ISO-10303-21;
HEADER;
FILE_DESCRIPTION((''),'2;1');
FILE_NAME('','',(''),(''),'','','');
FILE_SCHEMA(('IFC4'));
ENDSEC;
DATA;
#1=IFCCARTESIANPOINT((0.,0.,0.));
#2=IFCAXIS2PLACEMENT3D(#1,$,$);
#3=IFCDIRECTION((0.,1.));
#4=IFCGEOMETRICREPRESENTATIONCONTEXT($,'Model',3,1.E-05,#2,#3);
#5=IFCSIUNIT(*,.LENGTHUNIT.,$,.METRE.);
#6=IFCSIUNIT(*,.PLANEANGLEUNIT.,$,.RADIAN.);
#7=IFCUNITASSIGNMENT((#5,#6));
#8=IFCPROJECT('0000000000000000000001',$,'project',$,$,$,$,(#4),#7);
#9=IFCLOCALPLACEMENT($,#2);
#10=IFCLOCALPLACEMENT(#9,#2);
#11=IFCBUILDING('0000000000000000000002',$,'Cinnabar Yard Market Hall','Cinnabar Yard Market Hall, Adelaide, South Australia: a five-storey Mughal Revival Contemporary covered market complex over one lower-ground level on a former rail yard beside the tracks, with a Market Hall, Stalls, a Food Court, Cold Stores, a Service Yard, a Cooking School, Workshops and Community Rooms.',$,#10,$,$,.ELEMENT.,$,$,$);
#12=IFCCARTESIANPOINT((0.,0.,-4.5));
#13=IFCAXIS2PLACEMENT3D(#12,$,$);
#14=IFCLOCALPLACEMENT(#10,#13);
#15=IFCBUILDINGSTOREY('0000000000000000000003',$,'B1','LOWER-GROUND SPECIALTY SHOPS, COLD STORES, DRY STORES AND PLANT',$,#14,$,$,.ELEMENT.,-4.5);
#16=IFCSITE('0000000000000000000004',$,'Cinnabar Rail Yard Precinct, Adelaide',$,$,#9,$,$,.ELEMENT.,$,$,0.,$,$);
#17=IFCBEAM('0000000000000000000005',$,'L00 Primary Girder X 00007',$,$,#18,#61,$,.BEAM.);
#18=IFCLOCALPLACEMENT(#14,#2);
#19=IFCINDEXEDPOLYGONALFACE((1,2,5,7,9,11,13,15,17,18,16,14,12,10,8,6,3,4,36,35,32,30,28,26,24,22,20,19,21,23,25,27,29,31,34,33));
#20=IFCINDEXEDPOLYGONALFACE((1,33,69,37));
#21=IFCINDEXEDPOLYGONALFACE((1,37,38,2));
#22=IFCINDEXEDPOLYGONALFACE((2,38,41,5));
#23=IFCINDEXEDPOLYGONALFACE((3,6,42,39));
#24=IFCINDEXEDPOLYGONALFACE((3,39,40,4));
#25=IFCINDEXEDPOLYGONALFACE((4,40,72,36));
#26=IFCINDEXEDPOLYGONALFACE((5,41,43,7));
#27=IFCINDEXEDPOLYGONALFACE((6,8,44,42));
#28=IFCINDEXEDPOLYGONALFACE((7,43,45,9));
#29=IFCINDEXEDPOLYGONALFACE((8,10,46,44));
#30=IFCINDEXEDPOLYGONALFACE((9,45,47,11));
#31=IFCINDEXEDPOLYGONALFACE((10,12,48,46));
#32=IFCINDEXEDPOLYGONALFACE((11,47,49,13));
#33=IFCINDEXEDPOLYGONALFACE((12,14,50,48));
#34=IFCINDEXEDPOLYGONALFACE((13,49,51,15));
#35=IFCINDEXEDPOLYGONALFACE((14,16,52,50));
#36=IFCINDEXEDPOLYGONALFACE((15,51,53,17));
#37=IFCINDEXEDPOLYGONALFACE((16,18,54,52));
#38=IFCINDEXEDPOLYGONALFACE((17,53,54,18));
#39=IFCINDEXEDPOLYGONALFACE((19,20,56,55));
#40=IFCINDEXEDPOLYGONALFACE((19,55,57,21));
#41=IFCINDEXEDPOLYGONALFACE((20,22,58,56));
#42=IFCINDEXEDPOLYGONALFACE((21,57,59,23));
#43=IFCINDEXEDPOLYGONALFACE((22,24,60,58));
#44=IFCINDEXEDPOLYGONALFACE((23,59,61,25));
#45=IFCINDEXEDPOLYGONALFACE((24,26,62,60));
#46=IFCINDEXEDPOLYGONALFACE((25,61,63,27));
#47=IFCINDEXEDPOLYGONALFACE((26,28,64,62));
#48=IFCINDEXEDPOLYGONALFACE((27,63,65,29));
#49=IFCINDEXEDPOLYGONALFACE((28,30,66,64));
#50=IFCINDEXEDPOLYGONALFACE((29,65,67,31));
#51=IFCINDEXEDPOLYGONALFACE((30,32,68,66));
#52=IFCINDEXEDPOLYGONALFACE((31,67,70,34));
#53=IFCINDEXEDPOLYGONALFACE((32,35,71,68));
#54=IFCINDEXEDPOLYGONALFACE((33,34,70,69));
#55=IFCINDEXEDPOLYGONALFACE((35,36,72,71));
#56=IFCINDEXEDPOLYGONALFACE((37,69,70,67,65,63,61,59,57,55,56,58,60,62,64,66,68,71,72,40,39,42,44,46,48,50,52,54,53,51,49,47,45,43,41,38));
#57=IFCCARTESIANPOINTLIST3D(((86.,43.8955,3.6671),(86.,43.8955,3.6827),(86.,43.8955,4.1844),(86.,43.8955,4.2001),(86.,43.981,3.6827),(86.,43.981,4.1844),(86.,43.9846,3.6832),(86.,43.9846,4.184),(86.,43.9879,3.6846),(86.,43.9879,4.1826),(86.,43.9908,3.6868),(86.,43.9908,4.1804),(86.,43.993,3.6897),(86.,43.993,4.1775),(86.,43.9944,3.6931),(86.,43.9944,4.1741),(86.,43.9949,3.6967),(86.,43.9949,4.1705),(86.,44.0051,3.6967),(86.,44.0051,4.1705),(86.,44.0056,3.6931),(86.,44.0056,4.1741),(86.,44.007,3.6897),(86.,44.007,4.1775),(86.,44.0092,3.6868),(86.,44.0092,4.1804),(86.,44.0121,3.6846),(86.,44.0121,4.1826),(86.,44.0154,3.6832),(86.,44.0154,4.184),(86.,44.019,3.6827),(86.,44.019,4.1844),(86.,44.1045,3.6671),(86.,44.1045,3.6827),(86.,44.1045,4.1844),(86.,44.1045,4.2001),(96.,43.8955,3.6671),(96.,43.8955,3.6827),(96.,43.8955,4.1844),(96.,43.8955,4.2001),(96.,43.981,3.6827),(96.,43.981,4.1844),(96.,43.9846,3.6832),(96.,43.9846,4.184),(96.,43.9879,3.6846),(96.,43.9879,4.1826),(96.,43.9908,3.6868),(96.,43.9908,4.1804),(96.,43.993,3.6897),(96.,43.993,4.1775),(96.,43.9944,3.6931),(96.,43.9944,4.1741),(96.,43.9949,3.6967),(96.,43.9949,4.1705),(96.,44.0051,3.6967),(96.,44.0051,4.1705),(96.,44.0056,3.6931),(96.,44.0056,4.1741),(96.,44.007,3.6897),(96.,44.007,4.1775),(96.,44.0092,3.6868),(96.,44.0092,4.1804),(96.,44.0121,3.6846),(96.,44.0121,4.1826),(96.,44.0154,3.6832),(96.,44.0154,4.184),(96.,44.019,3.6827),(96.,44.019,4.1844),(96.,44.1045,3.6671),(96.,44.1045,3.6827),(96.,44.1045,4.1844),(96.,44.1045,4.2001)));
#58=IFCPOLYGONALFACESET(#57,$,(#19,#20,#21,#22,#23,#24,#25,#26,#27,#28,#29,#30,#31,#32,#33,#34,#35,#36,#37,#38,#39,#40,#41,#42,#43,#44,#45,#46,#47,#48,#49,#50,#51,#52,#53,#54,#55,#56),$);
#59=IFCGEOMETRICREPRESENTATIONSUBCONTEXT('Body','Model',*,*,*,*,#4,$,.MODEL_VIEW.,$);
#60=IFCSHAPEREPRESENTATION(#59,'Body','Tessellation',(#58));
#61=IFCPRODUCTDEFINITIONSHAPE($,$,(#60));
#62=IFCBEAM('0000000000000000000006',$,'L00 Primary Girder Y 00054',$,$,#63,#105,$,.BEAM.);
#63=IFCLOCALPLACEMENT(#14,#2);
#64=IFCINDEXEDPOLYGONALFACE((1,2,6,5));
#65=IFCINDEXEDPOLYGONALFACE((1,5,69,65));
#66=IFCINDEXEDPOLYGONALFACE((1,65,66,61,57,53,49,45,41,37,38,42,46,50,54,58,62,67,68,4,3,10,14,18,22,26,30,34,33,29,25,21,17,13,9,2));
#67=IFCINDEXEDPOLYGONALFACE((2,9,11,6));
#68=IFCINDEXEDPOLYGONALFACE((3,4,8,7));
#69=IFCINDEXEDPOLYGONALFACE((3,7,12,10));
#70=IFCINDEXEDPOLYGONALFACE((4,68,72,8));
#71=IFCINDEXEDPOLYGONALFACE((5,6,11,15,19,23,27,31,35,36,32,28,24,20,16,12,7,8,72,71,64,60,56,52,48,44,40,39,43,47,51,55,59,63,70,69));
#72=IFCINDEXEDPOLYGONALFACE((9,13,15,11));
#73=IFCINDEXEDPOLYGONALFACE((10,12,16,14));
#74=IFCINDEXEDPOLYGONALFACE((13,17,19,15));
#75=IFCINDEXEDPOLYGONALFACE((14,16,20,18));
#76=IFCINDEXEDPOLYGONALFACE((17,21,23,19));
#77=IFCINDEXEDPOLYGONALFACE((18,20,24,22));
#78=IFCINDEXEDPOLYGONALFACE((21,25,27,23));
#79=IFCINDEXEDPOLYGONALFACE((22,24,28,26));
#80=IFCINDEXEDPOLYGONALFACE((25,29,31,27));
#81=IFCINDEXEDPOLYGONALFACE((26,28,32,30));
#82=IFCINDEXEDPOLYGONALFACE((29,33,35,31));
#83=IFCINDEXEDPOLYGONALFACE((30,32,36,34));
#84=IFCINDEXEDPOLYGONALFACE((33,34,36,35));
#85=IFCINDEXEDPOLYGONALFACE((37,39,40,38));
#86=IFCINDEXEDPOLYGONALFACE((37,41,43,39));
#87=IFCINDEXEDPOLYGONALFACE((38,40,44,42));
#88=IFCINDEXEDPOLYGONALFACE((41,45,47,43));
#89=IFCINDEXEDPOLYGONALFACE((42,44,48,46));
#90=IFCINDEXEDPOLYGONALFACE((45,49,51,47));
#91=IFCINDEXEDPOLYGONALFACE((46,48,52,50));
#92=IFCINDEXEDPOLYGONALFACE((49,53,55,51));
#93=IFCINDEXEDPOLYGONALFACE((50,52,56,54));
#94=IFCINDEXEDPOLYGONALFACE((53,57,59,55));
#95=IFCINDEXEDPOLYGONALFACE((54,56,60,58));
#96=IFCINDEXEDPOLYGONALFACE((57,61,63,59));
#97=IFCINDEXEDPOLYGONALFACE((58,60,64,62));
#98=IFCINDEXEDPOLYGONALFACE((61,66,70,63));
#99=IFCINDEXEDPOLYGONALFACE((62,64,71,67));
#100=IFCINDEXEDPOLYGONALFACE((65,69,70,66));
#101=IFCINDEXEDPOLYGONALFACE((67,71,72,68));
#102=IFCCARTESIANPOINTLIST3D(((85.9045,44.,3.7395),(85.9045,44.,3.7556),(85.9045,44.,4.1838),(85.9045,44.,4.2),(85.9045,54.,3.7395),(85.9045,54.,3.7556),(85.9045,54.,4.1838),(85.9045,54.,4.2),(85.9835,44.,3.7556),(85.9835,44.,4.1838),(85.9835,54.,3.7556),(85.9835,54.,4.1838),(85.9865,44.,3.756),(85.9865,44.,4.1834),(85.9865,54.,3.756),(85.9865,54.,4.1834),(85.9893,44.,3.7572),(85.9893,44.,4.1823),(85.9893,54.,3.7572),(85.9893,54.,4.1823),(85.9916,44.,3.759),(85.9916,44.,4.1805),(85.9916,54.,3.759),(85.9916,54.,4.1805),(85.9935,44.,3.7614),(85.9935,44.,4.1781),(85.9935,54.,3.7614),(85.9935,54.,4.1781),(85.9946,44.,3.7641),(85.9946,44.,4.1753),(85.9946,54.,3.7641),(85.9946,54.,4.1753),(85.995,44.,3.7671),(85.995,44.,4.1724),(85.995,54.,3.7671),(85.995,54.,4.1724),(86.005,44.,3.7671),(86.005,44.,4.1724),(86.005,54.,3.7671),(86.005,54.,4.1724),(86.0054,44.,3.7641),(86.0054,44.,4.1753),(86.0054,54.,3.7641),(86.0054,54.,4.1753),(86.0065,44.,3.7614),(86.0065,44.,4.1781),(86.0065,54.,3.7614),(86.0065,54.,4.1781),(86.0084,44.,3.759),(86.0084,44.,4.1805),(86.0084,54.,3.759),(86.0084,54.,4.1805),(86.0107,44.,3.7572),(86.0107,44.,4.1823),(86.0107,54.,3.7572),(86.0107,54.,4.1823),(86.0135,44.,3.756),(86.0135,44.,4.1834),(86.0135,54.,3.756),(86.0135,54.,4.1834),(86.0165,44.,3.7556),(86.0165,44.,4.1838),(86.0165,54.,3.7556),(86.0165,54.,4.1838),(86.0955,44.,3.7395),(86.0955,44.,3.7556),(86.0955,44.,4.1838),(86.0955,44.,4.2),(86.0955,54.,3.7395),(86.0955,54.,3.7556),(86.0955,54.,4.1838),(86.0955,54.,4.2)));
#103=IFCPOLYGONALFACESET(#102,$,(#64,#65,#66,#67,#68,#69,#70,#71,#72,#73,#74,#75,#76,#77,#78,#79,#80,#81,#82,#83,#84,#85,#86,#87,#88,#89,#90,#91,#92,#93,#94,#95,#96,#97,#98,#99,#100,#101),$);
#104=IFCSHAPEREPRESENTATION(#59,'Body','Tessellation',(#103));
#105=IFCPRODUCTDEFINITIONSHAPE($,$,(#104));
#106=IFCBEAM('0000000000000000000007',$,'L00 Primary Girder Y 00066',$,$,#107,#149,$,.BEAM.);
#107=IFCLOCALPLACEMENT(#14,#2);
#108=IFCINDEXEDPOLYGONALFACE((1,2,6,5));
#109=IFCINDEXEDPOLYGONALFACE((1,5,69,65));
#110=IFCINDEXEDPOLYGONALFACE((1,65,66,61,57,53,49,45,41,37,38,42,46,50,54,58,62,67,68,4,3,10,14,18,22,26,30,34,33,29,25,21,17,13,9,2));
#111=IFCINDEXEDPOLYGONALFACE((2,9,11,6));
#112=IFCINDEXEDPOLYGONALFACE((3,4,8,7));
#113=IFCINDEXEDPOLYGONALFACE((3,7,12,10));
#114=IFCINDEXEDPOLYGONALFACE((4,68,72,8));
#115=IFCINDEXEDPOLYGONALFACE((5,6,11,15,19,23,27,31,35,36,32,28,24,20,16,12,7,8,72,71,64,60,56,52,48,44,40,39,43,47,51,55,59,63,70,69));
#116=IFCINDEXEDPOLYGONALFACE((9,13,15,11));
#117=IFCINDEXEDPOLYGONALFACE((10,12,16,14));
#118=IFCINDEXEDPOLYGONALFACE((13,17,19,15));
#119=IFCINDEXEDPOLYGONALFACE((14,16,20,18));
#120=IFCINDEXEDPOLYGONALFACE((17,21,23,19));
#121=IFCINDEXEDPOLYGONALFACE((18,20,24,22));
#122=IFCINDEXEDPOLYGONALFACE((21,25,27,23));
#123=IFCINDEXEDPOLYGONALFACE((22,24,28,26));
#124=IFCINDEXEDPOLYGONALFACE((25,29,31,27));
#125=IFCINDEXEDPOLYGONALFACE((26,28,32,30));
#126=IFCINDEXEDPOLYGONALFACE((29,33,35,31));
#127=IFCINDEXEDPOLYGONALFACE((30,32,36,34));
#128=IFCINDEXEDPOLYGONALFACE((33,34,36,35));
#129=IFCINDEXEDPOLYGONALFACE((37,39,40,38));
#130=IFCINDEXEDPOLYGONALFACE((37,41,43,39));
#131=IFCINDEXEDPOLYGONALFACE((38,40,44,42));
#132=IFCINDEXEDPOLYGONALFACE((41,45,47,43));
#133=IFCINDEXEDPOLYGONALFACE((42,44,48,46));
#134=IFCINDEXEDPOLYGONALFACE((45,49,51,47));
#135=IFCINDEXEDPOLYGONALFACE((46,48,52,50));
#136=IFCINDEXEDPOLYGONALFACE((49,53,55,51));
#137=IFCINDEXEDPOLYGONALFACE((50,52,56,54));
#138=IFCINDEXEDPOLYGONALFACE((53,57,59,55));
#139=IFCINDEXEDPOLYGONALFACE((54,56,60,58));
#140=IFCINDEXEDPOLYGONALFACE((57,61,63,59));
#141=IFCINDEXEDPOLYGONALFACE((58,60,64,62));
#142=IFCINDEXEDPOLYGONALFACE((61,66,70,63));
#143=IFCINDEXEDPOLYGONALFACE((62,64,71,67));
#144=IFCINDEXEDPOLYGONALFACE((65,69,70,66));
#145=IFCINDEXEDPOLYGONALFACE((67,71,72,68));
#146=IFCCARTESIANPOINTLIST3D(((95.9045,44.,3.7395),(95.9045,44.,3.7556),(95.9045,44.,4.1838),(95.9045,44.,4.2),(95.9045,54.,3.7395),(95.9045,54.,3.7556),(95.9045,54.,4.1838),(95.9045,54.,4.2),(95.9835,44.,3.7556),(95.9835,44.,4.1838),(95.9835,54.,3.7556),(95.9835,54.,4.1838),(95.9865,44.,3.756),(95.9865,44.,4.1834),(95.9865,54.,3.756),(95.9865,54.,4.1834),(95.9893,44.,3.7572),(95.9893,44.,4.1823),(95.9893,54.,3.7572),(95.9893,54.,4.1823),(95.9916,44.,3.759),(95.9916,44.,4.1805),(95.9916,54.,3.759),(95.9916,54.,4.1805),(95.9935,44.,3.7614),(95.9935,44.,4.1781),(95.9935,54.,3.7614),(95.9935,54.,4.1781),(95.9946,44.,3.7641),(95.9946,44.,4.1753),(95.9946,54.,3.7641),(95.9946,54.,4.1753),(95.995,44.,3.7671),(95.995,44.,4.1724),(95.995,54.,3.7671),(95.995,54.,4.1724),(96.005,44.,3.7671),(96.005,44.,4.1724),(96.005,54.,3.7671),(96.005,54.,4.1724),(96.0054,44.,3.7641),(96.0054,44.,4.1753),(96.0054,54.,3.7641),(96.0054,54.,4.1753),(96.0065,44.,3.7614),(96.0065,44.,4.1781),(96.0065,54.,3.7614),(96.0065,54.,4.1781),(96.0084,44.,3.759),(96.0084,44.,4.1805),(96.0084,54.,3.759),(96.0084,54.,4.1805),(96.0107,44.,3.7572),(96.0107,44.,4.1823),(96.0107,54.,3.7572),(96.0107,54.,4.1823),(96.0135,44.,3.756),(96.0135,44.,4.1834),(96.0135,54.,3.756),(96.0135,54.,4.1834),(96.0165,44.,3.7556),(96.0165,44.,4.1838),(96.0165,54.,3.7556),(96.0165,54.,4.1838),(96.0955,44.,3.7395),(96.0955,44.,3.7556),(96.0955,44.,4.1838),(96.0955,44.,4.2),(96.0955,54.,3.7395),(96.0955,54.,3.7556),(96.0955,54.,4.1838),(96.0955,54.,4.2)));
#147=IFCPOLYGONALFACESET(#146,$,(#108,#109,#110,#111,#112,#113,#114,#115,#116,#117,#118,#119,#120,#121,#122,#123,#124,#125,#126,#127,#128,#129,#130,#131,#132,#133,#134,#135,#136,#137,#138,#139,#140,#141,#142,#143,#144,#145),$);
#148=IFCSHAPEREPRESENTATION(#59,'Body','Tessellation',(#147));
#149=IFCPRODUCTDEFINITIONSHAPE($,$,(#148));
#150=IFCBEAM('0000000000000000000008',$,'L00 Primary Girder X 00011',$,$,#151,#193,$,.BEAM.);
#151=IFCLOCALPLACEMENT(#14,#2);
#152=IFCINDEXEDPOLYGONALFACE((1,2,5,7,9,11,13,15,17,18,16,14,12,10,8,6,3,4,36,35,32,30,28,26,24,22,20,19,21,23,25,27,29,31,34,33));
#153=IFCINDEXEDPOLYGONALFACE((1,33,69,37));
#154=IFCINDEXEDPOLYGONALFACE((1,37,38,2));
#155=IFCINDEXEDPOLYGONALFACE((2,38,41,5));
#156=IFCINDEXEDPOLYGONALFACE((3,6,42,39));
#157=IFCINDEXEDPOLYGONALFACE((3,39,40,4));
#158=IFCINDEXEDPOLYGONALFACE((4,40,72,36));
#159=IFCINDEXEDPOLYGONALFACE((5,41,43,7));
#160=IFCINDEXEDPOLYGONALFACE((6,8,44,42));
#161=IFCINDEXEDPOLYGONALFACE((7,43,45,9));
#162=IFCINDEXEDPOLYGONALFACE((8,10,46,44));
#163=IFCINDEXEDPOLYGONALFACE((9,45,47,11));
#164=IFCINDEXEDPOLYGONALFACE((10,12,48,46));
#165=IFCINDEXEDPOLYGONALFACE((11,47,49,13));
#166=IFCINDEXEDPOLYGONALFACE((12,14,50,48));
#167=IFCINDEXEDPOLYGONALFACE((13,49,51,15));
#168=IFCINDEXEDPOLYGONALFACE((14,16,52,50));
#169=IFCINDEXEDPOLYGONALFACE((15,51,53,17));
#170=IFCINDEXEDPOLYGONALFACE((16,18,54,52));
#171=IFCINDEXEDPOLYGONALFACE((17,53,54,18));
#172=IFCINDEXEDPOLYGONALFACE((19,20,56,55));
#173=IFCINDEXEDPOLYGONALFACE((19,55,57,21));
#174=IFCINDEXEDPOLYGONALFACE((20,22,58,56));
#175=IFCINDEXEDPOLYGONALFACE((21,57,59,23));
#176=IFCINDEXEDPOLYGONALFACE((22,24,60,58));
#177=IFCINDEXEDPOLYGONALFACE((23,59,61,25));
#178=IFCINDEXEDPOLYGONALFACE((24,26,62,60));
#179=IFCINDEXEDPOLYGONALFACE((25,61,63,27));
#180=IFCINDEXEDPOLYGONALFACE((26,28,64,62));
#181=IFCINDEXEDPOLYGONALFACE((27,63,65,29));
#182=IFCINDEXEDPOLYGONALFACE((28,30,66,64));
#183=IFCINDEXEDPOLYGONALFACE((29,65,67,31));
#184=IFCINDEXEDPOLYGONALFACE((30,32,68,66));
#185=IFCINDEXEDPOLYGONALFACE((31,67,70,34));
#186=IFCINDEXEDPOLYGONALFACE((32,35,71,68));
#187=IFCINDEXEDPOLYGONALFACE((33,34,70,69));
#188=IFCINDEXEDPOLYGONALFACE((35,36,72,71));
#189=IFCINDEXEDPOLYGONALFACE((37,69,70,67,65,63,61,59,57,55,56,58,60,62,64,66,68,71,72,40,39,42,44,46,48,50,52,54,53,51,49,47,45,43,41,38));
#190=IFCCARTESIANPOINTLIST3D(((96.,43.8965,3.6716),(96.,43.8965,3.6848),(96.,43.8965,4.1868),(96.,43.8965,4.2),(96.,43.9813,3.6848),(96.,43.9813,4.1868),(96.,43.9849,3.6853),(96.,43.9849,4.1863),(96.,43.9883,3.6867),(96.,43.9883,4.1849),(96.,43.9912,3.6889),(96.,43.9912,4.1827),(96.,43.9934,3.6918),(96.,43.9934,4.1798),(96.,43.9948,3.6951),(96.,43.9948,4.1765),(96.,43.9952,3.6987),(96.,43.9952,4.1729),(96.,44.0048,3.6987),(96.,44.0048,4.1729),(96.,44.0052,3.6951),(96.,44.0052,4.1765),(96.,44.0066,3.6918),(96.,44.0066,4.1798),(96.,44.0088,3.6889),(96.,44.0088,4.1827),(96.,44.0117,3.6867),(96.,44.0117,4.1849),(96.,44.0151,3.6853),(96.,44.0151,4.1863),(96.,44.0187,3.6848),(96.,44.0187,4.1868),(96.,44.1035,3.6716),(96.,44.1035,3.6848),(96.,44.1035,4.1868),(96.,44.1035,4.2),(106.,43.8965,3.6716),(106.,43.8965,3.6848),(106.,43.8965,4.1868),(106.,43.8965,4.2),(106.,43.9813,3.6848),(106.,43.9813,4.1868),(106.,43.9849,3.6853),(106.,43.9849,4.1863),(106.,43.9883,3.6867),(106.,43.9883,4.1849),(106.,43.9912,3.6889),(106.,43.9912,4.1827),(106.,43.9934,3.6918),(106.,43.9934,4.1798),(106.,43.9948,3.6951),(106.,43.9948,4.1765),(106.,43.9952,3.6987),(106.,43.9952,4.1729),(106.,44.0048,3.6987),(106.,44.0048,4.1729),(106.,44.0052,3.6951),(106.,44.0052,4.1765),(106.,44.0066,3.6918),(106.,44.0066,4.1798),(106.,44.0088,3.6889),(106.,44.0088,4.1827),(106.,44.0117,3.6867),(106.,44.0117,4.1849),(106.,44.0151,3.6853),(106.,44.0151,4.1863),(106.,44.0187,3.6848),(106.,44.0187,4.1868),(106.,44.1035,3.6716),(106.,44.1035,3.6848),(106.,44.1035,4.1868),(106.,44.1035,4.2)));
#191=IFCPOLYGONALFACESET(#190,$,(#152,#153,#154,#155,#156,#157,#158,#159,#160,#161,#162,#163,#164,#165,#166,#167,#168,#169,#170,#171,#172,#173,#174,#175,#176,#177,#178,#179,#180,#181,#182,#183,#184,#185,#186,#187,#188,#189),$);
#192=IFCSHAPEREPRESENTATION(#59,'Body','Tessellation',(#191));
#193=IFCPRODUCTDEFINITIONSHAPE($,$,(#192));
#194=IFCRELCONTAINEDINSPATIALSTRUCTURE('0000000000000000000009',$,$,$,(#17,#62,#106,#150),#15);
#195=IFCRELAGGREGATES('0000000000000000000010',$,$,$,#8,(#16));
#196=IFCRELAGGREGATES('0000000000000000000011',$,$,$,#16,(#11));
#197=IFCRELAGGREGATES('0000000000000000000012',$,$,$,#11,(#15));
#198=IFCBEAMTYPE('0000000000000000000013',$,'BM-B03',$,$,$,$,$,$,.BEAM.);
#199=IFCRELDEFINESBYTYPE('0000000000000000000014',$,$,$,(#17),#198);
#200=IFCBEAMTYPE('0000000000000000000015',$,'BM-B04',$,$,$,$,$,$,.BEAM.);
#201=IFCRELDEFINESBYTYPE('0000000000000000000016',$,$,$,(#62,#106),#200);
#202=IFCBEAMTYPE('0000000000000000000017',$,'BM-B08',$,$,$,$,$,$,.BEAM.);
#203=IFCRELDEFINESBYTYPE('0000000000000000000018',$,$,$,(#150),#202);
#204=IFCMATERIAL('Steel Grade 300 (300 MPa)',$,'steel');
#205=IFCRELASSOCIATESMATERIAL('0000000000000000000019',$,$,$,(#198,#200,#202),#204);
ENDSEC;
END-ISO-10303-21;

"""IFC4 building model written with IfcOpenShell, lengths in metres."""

from ifc_helpers import new_model, si_unit, direction, frame, origin, origin_2d_with_axis, place, context, subcontext, project, spatial, i_section, extrude, material, material_profile, profile_set, type_object, element, save


model = new_model("IFC4")

# Units and contexts
model_context = context("Model", 3, precision=1e-05, world=origin(), true_north=direction((0.0, 1.0)))
body_context = subcontext(model_context, "Body", "Model", "MODEL_VIEW")
ifc_project = project(units=[si_unit("LENGTHUNIT", "METRE"), si_unit("PLANEANGLEUNIT", "RADIAN")], contexts=[model_context])

# Site, building, storey
site_placement = place(None, origin())
site = spatial("IfcSite", under=ifc_project, at=site_placement, Name="Cinnabar Rail Yard Precinct, Adelaide", CompositionType="ELEMENT", RefElevation=0.0)
building_placement = place(site_placement, origin())
building = spatial("IfcBuilding", under=site, at=building_placement, Name="Cinnabar Yard Market Hall", Description="Cinnabar Yard Market Hall, Adelaide, South Australia: a five-storey Mughal Revival Contemporary covered market complex over one lower-ground level on a former rail yard beside the tracks, with a Market Hall, Stalls, a Food Court, Cold Stores, a Service Yard, a Cooking School, Workshops and Community Rooms.", CompositionType="ELEMENT")
storey_placement = place(building_placement, frame((0.0, 0.0, -4.5)))
storey = spatial("IfcBuildingStorey", under=building, at=storey_placement, Name="B1", Description="LOWER-GROUND SPECIALTY SHOPS, COLD STORES, DRY STORES AND PLANT", CompositionType="ELEMENT", Elevation=-4.5)

# Beams
ifc_material_1 = material(Name="Steel Grade 300 (300 MPa)", Category="steel")
ifc_material_profile_1 = material_profile(ifc_material_1, i_section(OverallWidth=0.209, OverallDepth=0.533, WebThickness=0.0103, FlangeThickness=0.0156, FilletRadius=0.0139, at=origin_2d_with_axis()), Name="530UB92.4")
ifc_profile_set_1 = profile_set([ifc_material_profile_1], Name="Steel Grade 300 (300 MPa)")
beam_type_1 = type_object("IfcBeamType", Name="BM-B03", PredefinedType="BEAM", material=ifc_profile_set_1)
beam_1_placement = place(storey_placement, frame((86.0, 44.0, 3.9336), z_axis=(1.0, 0.0, 0.0), x_axis=(0.0, 1.0, 0.0)))
element("IfcBeam", 1, at=beam_1_placement, inside=storey, type_object=beam_type_1, Name="L00 Primary Girder X 00007", PredefinedType="BEAM", context=body_context, shape_type="SweptSolid", body=[
    extrude(i_section(OverallWidth=0.209, OverallDepth=0.533, WebThickness=0.0103, FlangeThickness=0.0156, FilletRadius=0.0139, at=origin_2d_with_axis()), origin(), (0.0, 0.0, 1.0), 10.0),
])
ifc_material_profile_2 = material_profile(ifc_material_1, i_section(OverallWidth=0.1909, OverallDepth=0.4604, WebThickness=0.01, FlangeThickness=0.0161, FilletRadius=0.0115, at=origin_2d_with_axis()), Name="460UB82.1")
ifc_profile_set_2 = profile_set([ifc_material_profile_2], Name="Steel Grade 300 (300 MPa)")
beam_type_2 = type_object("IfcBeamType", Name="BM-B04", PredefinedType="BEAM", material=ifc_profile_set_2)
for number, where, z_axis, x_axis, name in (
    (2, (86.0, 44.0, 3.9697), (0.0, 1.0, 0.0), (-1.0, 0.0, 0.0), "L00 Primary Girder Y 00054"),
    (3, (96.0, 44.0, 3.9697), (0.0, 1.0, 0.0), (-1.0, 0.0, 0.0), "L00 Primary Girder Y 00066"),
):
    element("IfcBeam", number, at=place(storey_placement, frame(where, z_axis=z_axis, x_axis=x_axis)), inside=storey, type_object=beam_type_2, Name=name, PredefinedType="BEAM", context=body_context, shape_type="SweptSolid", body=[
        extrude(i_section(OverallWidth=0.1909, OverallDepth=0.4604, WebThickness=0.01, FlangeThickness=0.0161, FilletRadius=0.0115, at=origin_2d_with_axis()), origin(), (0.0, 0.0, 1.0), 10.0),
    ])
ifc_material_profile_3 = material_profile(ifc_material_1, i_section(OverallWidth=0.207, OverallDepth=0.5283, WebThickness=0.0095, FlangeThickness=0.0132, FilletRadius=0.0139, at=origin_2d_with_axis()), Name="530UB82.0")
ifc_profile_set_3 = profile_set([ifc_material_profile_3], Name="Steel Grade 300 (300 MPa)")
beam_type_3 = type_object("IfcBeamType", Name="BM-B08", PredefinedType="BEAM", material=ifc_profile_set_3)
beam_2_placement = place(storey_placement, frame((96.0, 44.0, 3.9358), z_axis=(1.0, 0.0, 0.0), x_axis=(0.0, 1.0, 0.0)))
element("IfcBeam", 4, at=beam_2_placement, inside=storey, type_object=beam_type_3, Name="L00 Primary Girder X 00011", PredefinedType="BEAM", context=body_context, shape_type="SweptSolid", body=[
    extrude(i_section(OverallWidth=0.207, OverallDepth=0.5283, WebThickness=0.0095, FlangeThickness=0.0132, FilletRadius=0.0139, at=origin_2d_with_axis()), origin(), (0.0, 0.0, 1.0), 10.0),
])

save(model, "model.ifc")
